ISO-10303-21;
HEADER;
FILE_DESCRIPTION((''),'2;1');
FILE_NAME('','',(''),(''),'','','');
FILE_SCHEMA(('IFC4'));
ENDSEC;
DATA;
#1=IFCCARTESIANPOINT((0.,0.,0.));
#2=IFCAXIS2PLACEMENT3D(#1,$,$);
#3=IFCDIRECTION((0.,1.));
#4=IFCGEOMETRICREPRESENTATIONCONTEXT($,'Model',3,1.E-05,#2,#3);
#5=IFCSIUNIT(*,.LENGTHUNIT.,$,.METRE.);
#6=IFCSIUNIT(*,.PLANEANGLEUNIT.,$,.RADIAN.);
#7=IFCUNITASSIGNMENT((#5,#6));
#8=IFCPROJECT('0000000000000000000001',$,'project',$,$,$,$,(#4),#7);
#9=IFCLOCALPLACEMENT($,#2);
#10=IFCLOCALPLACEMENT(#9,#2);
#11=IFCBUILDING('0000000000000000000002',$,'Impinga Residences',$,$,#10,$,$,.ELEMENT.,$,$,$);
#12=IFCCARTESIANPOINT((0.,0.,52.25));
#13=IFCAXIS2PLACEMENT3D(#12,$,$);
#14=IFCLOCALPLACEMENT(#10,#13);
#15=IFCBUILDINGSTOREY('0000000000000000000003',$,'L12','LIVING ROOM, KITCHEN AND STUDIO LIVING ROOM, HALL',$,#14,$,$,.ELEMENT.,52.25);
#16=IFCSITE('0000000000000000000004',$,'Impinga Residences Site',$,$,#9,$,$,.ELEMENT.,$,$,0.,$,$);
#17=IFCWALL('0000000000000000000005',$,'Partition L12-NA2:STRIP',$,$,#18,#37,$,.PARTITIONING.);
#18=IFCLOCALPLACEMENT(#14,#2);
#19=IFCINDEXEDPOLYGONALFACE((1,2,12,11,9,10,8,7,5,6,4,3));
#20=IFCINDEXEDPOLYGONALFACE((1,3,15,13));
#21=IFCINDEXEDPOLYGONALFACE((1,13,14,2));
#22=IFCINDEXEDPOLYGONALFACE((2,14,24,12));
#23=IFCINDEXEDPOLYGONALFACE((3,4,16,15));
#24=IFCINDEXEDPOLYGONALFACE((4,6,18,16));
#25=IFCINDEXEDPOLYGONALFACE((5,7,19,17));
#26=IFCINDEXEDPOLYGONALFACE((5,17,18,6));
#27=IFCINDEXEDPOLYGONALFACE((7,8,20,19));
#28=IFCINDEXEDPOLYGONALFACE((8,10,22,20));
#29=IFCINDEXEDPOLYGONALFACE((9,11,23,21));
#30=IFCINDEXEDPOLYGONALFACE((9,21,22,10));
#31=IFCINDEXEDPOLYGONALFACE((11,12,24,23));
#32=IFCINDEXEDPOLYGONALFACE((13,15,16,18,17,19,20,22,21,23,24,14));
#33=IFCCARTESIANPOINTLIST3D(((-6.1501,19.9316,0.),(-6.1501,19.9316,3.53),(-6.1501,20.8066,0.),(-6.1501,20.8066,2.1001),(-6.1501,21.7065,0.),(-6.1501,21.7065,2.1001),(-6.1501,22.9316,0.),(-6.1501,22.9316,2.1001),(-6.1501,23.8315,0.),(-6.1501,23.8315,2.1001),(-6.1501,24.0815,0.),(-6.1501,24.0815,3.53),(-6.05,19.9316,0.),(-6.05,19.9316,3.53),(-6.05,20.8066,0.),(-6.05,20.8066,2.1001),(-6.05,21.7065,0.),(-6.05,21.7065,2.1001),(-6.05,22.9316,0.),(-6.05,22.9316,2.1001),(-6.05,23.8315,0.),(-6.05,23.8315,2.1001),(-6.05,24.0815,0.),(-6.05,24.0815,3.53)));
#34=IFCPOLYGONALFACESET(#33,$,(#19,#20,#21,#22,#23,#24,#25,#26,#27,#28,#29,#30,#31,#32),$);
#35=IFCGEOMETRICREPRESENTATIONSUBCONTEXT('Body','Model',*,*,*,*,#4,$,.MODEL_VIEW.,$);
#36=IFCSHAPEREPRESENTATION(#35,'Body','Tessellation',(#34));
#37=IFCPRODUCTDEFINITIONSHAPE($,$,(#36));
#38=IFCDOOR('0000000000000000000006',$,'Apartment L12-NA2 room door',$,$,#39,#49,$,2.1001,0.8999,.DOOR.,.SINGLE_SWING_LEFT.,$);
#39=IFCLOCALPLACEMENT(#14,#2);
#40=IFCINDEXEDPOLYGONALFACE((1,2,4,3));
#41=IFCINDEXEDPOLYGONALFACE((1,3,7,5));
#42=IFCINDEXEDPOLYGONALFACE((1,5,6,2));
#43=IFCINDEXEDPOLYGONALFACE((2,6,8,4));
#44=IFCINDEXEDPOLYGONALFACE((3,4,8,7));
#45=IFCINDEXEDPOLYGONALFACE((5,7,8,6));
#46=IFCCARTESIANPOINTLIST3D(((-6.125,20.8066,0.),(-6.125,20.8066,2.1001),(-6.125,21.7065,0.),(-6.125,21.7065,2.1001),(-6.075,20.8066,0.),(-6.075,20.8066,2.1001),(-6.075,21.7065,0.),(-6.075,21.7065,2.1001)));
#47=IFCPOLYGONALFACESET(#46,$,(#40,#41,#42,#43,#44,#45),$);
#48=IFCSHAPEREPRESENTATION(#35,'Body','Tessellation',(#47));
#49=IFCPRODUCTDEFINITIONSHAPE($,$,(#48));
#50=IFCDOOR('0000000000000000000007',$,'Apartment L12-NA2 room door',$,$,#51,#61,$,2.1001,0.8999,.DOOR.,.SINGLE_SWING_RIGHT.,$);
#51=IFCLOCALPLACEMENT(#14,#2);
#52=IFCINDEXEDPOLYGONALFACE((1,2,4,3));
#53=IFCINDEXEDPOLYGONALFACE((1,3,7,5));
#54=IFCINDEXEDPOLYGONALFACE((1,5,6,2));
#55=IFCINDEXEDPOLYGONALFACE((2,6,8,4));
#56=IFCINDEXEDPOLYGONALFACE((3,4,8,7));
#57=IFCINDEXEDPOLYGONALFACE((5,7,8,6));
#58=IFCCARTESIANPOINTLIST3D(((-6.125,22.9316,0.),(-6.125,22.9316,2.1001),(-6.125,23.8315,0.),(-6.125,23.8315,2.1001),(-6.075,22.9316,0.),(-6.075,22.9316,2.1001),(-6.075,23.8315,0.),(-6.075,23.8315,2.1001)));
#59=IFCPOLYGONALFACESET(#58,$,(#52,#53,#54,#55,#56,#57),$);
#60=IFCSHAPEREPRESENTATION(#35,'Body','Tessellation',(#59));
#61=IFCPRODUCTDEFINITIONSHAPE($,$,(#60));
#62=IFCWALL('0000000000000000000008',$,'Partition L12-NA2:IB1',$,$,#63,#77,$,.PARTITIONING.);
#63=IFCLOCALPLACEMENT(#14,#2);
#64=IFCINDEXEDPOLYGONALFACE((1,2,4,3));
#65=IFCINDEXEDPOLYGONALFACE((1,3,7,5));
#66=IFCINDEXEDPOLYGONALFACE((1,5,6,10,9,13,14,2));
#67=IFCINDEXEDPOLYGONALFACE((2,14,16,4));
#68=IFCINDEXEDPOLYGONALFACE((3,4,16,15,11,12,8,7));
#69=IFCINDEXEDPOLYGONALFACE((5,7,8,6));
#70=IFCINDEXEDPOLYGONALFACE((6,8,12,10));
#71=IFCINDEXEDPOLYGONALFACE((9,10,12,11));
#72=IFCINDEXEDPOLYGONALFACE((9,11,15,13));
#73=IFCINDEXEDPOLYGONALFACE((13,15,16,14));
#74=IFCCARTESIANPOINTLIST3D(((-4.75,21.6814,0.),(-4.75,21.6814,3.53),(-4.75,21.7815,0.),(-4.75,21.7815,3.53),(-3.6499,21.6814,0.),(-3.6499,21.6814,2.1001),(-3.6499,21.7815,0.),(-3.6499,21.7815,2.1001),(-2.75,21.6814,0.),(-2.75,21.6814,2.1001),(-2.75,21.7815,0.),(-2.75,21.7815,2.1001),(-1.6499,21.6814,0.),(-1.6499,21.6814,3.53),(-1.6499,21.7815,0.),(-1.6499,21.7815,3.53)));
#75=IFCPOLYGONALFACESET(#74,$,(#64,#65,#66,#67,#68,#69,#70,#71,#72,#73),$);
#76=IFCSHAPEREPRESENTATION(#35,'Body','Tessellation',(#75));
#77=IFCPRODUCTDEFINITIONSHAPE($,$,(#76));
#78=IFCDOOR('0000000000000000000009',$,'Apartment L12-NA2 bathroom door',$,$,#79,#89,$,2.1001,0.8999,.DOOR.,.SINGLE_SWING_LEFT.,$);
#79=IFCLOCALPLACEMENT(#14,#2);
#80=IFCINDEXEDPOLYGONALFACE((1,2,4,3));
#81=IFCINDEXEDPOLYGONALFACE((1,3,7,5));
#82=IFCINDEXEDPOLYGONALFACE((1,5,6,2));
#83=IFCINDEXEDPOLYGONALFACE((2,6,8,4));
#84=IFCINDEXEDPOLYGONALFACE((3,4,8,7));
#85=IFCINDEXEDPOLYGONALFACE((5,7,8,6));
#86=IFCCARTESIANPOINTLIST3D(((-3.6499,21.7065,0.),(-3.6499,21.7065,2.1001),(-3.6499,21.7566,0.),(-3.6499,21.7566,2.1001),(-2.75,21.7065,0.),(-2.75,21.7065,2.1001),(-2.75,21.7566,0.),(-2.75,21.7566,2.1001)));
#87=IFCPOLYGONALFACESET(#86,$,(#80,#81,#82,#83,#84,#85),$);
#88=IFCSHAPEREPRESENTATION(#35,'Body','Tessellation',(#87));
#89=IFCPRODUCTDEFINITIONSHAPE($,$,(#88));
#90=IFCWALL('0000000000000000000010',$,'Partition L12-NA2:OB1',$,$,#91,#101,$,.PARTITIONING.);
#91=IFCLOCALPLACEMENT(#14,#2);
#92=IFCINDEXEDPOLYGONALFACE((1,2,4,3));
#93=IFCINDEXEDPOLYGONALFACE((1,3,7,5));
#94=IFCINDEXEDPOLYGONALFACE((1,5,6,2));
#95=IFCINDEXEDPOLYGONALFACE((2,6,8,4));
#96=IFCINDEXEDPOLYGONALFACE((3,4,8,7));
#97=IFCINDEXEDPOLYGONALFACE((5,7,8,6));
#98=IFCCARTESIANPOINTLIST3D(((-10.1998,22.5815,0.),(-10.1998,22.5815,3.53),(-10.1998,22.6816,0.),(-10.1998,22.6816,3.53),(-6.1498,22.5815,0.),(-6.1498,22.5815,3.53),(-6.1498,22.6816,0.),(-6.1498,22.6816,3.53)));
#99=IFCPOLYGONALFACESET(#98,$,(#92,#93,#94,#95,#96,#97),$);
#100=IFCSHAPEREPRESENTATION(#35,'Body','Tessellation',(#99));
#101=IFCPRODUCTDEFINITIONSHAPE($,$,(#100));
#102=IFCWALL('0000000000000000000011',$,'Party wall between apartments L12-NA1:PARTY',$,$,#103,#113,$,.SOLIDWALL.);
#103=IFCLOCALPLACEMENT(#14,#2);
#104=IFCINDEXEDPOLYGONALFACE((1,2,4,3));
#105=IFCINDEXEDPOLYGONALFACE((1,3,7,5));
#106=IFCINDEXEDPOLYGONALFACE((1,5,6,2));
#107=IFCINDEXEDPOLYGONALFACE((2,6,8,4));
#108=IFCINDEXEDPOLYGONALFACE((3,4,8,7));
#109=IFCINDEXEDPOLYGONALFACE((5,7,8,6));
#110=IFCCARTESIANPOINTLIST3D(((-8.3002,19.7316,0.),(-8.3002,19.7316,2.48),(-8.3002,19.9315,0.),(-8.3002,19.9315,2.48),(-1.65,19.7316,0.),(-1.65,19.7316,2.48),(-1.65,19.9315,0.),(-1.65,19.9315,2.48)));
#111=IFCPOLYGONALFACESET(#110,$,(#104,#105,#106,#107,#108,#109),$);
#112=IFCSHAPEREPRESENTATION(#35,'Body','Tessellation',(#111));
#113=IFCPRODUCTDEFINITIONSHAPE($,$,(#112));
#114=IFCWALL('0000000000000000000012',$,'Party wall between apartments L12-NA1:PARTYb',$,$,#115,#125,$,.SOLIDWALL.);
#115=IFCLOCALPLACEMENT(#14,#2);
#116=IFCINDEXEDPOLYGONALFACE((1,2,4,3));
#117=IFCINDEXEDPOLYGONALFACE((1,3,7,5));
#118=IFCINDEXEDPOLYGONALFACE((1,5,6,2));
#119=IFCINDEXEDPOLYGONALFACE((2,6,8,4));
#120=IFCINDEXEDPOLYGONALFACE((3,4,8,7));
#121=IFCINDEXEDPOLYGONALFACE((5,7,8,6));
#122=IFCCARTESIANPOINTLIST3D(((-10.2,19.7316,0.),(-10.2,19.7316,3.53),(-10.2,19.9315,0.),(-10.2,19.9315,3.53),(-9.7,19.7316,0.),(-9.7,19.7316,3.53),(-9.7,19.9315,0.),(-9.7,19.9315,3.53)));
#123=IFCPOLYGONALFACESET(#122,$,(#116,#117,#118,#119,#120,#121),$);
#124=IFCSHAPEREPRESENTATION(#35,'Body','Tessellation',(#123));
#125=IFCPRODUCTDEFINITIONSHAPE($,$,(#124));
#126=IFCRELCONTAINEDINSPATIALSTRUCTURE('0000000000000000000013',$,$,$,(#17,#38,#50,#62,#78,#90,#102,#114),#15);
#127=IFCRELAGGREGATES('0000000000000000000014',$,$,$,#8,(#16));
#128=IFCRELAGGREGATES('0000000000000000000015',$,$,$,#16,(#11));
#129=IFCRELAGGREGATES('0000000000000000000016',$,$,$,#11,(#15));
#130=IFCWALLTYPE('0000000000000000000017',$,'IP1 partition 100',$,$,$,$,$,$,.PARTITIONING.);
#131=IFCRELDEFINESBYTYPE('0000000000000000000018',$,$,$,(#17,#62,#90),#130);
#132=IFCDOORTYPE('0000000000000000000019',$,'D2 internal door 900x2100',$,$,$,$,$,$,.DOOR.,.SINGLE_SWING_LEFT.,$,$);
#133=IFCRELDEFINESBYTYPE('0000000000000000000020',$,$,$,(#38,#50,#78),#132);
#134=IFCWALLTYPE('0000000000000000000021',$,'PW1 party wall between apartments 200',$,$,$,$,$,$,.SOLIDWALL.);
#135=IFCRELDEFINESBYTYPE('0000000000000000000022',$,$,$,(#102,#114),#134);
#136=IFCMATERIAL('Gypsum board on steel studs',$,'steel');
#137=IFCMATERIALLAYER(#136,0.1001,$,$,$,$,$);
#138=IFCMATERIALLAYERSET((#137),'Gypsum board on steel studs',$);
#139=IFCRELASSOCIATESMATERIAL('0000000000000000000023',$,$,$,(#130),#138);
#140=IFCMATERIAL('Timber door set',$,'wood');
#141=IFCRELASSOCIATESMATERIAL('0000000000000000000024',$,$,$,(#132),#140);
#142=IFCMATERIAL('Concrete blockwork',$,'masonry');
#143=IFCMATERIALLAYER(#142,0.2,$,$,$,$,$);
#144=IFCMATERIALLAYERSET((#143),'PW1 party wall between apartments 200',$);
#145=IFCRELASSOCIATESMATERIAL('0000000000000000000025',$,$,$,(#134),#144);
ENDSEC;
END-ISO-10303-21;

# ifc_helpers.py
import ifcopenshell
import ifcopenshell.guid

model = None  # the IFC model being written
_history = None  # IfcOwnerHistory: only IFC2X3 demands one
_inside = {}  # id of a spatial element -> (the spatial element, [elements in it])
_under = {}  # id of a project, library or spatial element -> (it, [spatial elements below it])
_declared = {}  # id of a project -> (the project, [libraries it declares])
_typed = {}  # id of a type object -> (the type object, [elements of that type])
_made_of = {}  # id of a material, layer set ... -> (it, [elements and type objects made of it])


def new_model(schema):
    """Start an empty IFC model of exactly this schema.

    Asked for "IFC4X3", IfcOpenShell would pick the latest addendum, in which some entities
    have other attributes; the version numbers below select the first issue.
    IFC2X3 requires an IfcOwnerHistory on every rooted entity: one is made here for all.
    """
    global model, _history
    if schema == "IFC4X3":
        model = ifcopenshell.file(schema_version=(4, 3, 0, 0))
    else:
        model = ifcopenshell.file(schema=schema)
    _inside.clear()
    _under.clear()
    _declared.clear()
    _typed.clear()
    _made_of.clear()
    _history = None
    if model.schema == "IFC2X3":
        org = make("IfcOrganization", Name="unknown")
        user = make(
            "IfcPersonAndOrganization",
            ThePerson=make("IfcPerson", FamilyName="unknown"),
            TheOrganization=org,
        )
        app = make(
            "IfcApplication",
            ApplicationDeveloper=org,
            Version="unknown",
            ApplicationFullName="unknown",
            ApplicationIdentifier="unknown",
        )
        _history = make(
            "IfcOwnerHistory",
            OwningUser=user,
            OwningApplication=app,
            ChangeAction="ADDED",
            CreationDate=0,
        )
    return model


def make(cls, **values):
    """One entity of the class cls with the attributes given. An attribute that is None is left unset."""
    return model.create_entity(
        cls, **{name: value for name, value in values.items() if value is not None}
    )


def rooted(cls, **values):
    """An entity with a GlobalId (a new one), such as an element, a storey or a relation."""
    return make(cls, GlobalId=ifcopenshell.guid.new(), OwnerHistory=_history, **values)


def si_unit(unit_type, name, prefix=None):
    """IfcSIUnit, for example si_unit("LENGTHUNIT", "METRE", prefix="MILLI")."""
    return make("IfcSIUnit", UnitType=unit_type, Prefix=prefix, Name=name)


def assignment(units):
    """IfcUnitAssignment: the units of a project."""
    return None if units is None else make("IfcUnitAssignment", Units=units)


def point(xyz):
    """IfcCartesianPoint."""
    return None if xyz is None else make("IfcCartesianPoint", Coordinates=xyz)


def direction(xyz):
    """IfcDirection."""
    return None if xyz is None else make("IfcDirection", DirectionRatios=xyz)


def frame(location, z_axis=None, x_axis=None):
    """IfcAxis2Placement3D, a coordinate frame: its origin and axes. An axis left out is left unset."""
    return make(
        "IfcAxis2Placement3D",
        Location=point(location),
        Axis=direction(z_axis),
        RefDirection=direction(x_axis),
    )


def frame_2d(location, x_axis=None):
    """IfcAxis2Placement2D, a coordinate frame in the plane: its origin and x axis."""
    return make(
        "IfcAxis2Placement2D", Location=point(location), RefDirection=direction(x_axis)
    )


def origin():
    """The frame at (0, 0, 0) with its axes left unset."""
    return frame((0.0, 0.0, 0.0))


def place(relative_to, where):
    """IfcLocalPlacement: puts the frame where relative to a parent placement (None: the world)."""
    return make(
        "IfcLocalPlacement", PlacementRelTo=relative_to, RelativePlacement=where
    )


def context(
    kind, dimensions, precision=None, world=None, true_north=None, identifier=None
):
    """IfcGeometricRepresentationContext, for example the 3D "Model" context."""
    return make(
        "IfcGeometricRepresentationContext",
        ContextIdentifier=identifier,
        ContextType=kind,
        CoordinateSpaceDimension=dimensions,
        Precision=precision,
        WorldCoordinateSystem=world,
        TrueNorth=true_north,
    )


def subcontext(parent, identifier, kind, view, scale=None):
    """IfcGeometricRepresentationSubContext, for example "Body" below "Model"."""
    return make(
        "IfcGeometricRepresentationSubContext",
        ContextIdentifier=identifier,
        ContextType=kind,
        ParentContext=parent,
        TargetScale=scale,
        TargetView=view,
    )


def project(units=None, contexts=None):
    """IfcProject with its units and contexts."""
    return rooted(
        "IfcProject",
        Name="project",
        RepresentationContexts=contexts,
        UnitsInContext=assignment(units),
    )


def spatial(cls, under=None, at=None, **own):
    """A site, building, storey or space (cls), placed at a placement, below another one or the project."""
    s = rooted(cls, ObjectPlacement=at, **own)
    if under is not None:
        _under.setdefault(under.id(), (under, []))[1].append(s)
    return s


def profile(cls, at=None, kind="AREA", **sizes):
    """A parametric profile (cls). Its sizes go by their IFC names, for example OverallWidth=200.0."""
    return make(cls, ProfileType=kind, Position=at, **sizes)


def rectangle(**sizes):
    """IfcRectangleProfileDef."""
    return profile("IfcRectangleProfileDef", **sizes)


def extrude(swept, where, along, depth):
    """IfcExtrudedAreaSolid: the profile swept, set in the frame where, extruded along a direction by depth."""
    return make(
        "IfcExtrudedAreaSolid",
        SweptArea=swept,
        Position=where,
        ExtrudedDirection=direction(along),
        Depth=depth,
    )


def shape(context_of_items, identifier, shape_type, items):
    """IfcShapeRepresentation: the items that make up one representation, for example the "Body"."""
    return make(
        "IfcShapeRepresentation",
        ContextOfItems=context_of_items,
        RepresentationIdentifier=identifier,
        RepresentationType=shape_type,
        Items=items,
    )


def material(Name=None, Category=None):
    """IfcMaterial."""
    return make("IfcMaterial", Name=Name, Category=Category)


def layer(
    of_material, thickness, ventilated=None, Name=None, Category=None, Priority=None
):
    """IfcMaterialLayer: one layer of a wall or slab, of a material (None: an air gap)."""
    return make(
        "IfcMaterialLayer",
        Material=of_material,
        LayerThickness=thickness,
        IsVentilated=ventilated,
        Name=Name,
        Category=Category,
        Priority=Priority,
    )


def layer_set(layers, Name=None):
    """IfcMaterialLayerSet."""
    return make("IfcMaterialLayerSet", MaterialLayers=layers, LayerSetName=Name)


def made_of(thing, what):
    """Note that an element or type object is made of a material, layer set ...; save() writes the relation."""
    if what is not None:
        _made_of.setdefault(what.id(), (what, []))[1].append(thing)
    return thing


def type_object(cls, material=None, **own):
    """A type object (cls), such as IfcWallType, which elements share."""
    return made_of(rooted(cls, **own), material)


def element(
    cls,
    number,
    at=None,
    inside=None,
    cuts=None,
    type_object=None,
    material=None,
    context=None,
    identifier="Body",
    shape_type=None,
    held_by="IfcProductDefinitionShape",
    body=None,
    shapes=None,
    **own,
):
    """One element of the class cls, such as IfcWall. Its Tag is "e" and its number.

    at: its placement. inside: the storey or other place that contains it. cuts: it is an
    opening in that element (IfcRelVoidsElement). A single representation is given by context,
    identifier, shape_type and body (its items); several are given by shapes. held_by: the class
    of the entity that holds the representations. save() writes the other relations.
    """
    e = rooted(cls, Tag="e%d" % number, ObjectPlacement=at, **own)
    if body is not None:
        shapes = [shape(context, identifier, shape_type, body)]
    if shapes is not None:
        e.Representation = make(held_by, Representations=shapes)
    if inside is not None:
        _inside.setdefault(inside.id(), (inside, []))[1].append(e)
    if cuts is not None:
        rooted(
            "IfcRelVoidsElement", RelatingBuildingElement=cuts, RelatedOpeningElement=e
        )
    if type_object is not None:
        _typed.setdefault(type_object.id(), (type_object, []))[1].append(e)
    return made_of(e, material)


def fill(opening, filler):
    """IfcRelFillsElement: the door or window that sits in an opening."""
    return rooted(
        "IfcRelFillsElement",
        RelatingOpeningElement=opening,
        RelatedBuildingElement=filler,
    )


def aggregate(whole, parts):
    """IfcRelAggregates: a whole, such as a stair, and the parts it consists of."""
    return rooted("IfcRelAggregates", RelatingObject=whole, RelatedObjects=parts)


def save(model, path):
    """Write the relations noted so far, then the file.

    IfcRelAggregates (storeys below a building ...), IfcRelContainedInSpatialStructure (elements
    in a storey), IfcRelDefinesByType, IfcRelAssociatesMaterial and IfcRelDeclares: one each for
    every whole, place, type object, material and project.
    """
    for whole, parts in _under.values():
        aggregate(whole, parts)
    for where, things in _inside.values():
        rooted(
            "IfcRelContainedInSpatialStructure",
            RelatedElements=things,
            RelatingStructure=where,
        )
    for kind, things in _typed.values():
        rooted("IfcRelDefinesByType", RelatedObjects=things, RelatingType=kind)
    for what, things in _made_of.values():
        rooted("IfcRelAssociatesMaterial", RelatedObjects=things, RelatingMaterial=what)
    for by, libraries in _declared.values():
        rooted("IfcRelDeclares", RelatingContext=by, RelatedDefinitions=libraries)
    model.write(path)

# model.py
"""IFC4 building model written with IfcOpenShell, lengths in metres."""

from ifc_helpers import new_model, si_unit, direction, frame, frame_2d, origin, place, context, subcontext, project, spatial, rectangle, extrude, material, layer, layer_set, type_object, element, fill, save


model = new_model("IFC4")

# Units and contexts
model_context = context("Model", 3, precision=1e-05, world=origin(), true_north=direction((0.0, 1.0)))
body_context = subcontext(model_context, "Body", "Model", "MODEL_VIEW")
ifc_project = project(units=[si_unit("LENGTHUNIT", "METRE"), si_unit("PLANEANGLEUNIT", "RADIAN")], contexts=[model_context])

# Site, building, storey
site_placement = place(None, origin())
site = spatial("IfcSite", under=ifc_project, at=site_placement, Name="Impinga Residences Site", CompositionType="ELEMENT", RefElevation=0.0)
building_placement = place(site_placement, origin())
building = spatial("IfcBuilding", under=site, at=building_placement, Name="Impinga Residences", CompositionType="ELEMENT")
storey_placement = place(building_placement, frame((0.0, 0.0, 52.25)))
storey = spatial("IfcBuildingStorey", under=building, at=storey_placement, Name="L12", Description="LIVING ROOM, KITCHEN AND STUDIO LIVING ROOM, HALL", CompositionType="ELEMENT", Elevation=52.25)

# Shared definitions
ifc_material_1 = material(Name="Gypsum board on steel studs", Category="steel")
ifc_layer_1 = layer(ifc_material_1, 0.1001)
ifc_layer_set_1 = layer_set([ifc_layer_1], Name="Gypsum board on steel studs")
wall_type_1 = type_object("IfcWallType", Name="IP1 partition 100", PredefinedType="PARTITIONING", material=ifc_layer_set_1)

# Shared definitions
ifc_material_2 = material(Name="Timber door set", Category="wood")
door_type = type_object("IfcDoorType", Name="D2 internal door 900x2100", OperationType="SINGLE_SWING_LEFT", PredefinedType="DOOR", material=ifc_material_2)

# Wall, openings, doors
wall_1_placement = place(storey_placement, frame((-6.1001, 19.9316, 0.0), z_axis=(0.0, 0.0, 1.0), x_axis=(0.0, 1.0, 0.0)))
wall_1 = element("IfcWall", 1, at=wall_1_placement, inside=storey, type_object=wall_type_1, Name="Partition L12-NA2:STRIP", PredefinedType="PARTITIONING", context=body_context, shape_type="SweptSolid", body=[
    extrude(rectangle(XDim=4.1499, YDim=0.1001, at=frame_2d((2.075, 0.0))), origin(), (0.0, 0.0, 1.0), 3.53),
])
opening_1_placement = place(wall_1_placement, frame((0.875, 0.0, 0.0)))
opening_1 = element("IfcOpeningElement", 2, at=opening_1_placement, cuts=wall_1, PredefinedType="OPENING", context=body_context, shape_type="SweptSolid", body=[
    extrude(rectangle(XDim=0.8999, YDim=2.1001, at=frame_2d((0.45, 1.05))), frame((0.0, 0.0601, 0.0), z_axis=(0.0, -1.0, 0.0), x_axis=(1.0, 0.0, 0.0)), (0.0, 0.0, 1.0), 0.1201),
])
opening_2_placement = place(wall_1_placement, frame((3.0, 0.0, 0.0)))
opening_2 = element("IfcOpeningElement", 3, at=opening_2_placement, cuts=wall_1, PredefinedType="OPENING", context=body_context, shape_type="SweptSolid", body=[
    extrude(rectangle(XDim=0.8999, YDim=2.1001, at=frame_2d((0.45, 1.05))), frame((0.0, 0.0601, 0.0), z_axis=(0.0, -1.0, 0.0), x_axis=(1.0, 0.0, 0.0)), (0.0, 0.0, 1.0), 0.1201),
])
door_1_placement = place(opening_1_placement, origin())
door_1 = element("IfcDoor", 4, at=door_1_placement, inside=storey, type_object=door_type, Name="Apartment L12-NA2 room door", OperationType="SINGLE_SWING_LEFT", OverallHeight=2.1001, OverallWidth=0.8999, PredefinedType="DOOR", context=body_context, shape_type="SweptSolid", body=[
    extrude(rectangle(XDim=0.8999, YDim=2.1001, at=frame_2d((0.45, 1.05))), frame((0.0, 0.0249, 0.0), z_axis=(0.0, -1.0, 0.0), x_axis=(1.0, 0.0, 0.0)), (0.0, 0.0, 1.0), 0.05),
])
fill(opening_1, door_1)
door_2_placement = place(opening_2_placement, origin())
door_2 = element("IfcDoor", 5, at=door_2_placement, inside=storey, type_object=door_type, Name="Apartment L12-NA2 room door", OperationType="SINGLE_SWING_RIGHT", OverallHeight=2.1001, OverallWidth=0.8999, PredefinedType="DOOR", context=body_context, shape_type="SweptSolid", body=[
    extrude(rectangle(XDim=0.8999, YDim=2.1001, at=frame_2d((0.45, 1.05))), frame((0.0, 0.0249, 0.0), z_axis=(0.0, -1.0, 0.0), x_axis=(1.0, 0.0, 0.0)), (0.0, 0.0, 1.0), 0.05),
])
fill(opening_2, door_2)

# Wall, opening, door
wall_2_placement = place(storey_placement, frame((-1.6499, 21.7314, 0.0), z_axis=(0.0, 0.0, 1.0), x_axis=(-1.0, 0.0, 0.0)))
wall_2 = element("IfcWall", 6, at=wall_2_placement, inside=storey, type_object=wall_type_1, Name="Partition L12-NA2:IB1", PredefinedType="PARTITIONING", context=body_context, shape_type="SweptSolid", body=[
    extrude(rectangle(XDim=3.1001, YDim=0.1001, at=frame_2d((1.55, 0.0))), origin(), (0.0, 0.0, 1.0), 3.53),
])
opening_3_placement = place(wall_2_placement, frame((1.1001, 0.0, 0.0)))
opening_3 = element("IfcOpeningElement", 7, at=opening_3_placement, cuts=wall_2, PredefinedType="OPENING", context=body_context, shape_type="SweptSolid", body=[
    extrude(rectangle(XDim=0.8999, YDim=2.1001, at=frame_2d((0.45, 1.05))), frame((0.0, 0.0601, 0.0), z_axis=(0.0, -1.0, 0.0), x_axis=(1.0, 0.0, 0.0)), (0.0, 0.0, 1.0), 0.1201),
])
door_3_placement = place(opening_3_placement, origin())
door_3 = element("IfcDoor", 8, at=door_3_placement, inside=storey, type_object=door_type, Name="Apartment L12-NA2 bathroom door", OperationType="SINGLE_SWING_LEFT", OverallHeight=2.1001, OverallWidth=0.8999, PredefinedType="DOOR", context=body_context, shape_type="SweptSolid", body=[
    extrude(rectangle(XDim=0.8999, YDim=2.1001, at=frame_2d((0.45, 1.05))), frame((0.0, 0.0249, 0.0), z_axis=(0.0, -1.0, 0.0), x_axis=(1.0, 0.0, 0.0)), (0.0, 0.0, 1.0), 0.05),
])
fill(opening_3, door_3)

# Walls
wall_3_placement = place(storey_placement, frame((-6.1499, 22.6316, 0.0), z_axis=(0.0, 0.0, 1.0), x_axis=(-1.0, 0.0, 0.0)))
element("IfcWall", 9, at=wall_3_placement, inside=storey, type_object=wall_type_1, Name="Partition L12-NA2:OB1", PredefinedType="PARTITIONING", context=body_context, shape_type="SweptSolid", body=[
    extrude(rectangle(XDim=4.05, YDim=0.1001, at=frame_2d((2.0249, 0.0))), origin(), (0.0, 0.0, 1.0), 3.53),
])
ifc_material_3 = material(Name="Concrete blockwork", Category="masonry")
ifc_layer_2 = layer(ifc_material_3, 0.2)
ifc_layer_set_2 = layer_set([ifc_layer_2], Name="PW1 party wall between apartments 200")
wall_type_2 = type_object("IfcWallType", Name="PW1 party wall between apartments 200", PredefinedType="SOLIDWALL", material=ifc_layer_set_2)
wall_4_placement = place(storey_placement, frame((-1.6499, 19.8315, 0.0), z_axis=(0.0, 0.0, 1.0), x_axis=(-1.0, 0.0, 0.0)))
element("IfcWall", 10, at=wall_4_placement, inside=storey, type_object=wall_type_2, Name="Party wall between apartments L12-NA1:PARTY", PredefinedType="SOLIDWALL", context=body_context, shape_type="SweptSolid", body=[
    extrude(rectangle(XDim=6.6501, YDim=0.2, at=frame_2d((3.3252, 0.0))), origin(), (0.0, 0.0, 1.0), 2.48),
])
wall_5_placement = place(storey_placement, frame((-9.7, 19.8315, 0.0), z_axis=(0.0, 0.0, 1.0), x_axis=(-1.0, 0.0, 0.0)))
element("IfcWall", 11, at=wall_5_placement, inside=storey, type_object=wall_type_2, Name="Party wall between apartments L12-NA1:PARTYb", PredefinedType="SOLIDWALL", context=body_context, shape_type="SweptSolid", body=[
    extrude(rectangle(XDim=0.5, YDim=0.2, at=frame_2d((0.25, 0.0))), origin(), (0.0, 0.0, 1.0), 3.53),
])

save(model, "model.ifc")
